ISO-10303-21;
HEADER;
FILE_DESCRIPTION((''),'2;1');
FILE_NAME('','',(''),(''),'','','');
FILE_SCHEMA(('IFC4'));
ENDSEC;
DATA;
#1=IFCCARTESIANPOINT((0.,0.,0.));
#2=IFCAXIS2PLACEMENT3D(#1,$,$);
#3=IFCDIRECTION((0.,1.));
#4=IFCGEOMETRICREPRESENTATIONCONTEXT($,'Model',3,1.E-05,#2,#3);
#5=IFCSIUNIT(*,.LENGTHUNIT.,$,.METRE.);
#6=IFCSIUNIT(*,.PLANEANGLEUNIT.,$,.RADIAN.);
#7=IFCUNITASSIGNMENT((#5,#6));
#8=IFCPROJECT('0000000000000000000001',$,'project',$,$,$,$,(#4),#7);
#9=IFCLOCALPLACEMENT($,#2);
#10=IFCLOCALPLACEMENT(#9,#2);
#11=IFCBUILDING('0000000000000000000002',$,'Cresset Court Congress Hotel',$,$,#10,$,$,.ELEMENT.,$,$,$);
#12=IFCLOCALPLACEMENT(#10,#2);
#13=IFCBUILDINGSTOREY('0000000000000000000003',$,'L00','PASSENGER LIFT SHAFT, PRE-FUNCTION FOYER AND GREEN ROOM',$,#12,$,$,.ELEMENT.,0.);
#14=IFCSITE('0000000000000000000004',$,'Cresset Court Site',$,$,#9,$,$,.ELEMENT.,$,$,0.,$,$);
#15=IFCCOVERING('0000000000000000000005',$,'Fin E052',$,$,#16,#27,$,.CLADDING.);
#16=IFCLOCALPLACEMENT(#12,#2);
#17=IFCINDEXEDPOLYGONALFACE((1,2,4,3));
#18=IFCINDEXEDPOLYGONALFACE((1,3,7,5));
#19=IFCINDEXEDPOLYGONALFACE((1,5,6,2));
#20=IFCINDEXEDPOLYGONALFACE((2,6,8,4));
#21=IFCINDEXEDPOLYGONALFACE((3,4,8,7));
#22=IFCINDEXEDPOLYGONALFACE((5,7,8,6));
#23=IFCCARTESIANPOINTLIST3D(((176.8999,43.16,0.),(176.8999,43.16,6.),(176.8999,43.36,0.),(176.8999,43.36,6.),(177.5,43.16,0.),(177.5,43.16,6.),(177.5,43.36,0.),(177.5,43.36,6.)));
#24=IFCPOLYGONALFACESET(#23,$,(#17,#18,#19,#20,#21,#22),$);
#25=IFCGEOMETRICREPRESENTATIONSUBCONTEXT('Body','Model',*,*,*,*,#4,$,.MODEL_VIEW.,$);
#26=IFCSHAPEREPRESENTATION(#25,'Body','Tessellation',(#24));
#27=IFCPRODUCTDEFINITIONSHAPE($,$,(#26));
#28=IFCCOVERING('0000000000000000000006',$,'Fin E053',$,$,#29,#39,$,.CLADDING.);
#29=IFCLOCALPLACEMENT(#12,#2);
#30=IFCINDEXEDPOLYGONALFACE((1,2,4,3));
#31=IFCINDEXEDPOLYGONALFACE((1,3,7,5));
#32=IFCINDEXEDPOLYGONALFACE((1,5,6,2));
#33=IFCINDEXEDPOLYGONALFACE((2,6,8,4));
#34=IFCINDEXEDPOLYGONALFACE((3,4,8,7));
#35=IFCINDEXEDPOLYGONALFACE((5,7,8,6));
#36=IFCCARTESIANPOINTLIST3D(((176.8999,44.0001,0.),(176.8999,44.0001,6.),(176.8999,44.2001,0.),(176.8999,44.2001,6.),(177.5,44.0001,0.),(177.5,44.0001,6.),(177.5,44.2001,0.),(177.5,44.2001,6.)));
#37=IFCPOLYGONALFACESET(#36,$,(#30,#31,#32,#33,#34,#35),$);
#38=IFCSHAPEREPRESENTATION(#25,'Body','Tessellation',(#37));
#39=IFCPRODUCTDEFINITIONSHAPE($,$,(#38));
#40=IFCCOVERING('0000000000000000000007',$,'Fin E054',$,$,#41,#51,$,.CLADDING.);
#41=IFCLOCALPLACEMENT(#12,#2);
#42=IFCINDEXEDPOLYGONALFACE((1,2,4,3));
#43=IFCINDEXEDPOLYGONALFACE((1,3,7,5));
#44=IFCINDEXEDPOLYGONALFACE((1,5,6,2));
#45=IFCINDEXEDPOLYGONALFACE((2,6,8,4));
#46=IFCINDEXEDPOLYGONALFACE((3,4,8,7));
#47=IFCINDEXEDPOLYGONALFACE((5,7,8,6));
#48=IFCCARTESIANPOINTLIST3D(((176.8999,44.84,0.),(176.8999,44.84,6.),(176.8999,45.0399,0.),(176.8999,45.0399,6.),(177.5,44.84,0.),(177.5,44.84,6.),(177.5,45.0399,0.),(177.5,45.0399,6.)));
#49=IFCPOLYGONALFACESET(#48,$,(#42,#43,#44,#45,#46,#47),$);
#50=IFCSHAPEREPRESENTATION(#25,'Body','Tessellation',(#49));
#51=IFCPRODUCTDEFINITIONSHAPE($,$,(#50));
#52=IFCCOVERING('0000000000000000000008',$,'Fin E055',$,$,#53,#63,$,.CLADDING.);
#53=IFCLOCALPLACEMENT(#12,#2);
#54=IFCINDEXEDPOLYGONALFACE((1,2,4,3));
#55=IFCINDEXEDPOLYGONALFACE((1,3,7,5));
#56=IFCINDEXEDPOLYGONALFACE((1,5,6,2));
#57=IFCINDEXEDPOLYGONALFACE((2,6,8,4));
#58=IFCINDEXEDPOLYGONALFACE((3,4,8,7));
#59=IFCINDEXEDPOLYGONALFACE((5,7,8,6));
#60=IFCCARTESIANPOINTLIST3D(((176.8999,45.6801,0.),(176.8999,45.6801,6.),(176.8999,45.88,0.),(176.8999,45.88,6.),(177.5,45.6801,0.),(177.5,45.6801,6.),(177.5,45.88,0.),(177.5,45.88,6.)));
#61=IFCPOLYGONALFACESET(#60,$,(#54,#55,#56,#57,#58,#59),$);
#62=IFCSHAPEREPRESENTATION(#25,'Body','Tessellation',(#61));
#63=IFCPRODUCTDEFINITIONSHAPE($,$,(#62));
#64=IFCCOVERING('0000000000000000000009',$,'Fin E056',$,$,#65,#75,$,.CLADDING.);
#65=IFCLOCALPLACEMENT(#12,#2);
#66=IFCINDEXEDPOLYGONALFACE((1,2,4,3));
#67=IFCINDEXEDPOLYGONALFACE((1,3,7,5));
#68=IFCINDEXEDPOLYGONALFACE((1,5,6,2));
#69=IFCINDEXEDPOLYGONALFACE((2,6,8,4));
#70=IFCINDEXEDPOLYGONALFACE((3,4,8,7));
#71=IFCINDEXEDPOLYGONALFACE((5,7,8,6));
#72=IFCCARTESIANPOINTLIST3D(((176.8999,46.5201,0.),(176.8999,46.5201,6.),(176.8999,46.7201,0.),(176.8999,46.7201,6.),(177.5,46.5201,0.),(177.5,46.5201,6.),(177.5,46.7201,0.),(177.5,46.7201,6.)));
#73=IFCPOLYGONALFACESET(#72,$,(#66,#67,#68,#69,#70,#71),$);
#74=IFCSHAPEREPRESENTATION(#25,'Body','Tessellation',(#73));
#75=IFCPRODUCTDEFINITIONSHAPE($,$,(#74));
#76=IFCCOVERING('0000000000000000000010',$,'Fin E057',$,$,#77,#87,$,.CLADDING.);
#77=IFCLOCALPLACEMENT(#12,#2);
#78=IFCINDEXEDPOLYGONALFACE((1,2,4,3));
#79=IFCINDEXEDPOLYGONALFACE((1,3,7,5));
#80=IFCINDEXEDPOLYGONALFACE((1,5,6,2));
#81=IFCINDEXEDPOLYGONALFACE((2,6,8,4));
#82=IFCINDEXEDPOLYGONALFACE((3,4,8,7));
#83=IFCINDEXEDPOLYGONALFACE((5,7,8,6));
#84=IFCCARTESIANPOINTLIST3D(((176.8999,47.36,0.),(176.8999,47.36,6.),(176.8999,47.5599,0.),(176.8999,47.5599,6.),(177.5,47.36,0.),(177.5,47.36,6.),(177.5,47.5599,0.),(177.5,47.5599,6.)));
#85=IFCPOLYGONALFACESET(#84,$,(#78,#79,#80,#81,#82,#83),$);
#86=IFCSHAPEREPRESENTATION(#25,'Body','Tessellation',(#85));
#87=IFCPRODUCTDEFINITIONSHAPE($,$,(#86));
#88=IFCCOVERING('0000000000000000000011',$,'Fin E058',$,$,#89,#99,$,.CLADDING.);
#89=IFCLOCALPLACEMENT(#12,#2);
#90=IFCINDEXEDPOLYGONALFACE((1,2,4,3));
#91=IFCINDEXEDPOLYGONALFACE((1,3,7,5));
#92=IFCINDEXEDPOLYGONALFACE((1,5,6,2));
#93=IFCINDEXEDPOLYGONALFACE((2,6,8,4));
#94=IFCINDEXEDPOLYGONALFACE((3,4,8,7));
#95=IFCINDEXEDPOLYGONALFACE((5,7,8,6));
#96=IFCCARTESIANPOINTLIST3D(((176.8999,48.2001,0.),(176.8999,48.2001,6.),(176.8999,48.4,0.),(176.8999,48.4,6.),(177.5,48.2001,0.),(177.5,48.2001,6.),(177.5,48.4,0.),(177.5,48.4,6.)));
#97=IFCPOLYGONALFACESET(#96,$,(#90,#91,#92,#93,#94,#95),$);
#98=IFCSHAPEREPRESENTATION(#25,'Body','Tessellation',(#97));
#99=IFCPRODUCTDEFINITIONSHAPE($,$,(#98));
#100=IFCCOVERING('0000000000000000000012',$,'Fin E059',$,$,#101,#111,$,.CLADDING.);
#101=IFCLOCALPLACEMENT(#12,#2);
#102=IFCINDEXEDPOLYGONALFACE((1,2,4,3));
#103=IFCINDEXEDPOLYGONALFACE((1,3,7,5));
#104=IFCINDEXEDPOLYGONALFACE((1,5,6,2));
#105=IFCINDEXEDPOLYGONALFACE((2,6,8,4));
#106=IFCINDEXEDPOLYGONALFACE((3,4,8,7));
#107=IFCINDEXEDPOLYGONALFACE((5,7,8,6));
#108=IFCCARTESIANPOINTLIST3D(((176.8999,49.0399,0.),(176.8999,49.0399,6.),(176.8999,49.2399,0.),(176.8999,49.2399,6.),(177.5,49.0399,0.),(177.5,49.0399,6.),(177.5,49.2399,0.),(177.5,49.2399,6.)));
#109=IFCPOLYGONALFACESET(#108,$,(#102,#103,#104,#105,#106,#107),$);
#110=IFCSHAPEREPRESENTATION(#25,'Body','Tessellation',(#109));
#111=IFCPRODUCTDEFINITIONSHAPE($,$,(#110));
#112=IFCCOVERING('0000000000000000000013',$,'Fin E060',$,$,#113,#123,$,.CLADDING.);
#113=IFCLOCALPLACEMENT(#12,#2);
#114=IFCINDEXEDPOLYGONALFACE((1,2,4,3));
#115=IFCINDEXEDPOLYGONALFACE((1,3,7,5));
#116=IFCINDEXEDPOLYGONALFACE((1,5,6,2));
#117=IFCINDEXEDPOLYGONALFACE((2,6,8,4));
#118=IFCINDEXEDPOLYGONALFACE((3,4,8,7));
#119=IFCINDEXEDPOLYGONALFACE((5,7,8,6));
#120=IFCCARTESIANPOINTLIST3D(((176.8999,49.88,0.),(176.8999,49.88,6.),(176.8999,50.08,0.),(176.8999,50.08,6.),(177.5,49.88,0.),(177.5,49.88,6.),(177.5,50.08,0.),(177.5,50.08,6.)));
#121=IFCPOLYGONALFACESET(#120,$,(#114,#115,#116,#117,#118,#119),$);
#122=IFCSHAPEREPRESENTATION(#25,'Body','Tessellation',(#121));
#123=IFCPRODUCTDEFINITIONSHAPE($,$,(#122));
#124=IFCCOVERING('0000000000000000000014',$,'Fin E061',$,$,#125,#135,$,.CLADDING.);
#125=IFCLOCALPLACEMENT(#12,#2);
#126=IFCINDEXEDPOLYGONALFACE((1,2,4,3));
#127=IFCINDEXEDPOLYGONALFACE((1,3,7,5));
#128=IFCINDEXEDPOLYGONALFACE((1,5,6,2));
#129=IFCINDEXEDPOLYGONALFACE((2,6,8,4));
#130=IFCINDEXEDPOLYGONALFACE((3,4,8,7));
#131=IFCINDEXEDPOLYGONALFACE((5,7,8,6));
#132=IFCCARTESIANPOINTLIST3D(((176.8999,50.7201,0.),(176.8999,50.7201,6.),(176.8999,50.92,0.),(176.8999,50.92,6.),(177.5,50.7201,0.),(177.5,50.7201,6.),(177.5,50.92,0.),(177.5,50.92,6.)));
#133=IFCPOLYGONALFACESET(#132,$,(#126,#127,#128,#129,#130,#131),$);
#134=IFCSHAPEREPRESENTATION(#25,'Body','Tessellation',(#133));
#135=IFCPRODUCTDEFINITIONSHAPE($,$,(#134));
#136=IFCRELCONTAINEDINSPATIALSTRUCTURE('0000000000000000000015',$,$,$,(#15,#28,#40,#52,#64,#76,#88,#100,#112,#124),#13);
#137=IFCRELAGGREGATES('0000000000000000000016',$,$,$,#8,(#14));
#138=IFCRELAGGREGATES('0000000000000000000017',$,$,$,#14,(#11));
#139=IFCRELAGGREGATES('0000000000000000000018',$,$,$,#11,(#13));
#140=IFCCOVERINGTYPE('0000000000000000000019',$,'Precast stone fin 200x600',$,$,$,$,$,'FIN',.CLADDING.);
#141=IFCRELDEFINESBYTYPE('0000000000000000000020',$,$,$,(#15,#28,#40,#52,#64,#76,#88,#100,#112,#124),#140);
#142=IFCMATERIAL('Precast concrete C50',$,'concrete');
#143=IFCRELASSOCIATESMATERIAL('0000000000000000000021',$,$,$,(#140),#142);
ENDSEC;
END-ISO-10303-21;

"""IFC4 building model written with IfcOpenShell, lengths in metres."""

from ifc_helpers import new_model, si_unit, direction, frame, origin, origin_2d, place, context, subcontext, project, spatial, rectangle, extrude, material, type_object, element, save


model = new_model("IFC4")

# Units and contexts
model_context = context("Model", 3, precision=1e-05, world=origin(), true_north=direction((0.0, 1.0)))
body_context = subcontext(model_context, "Body", "Model", "MODEL_VIEW")
ifc_project = project(units=[si_unit("LENGTHUNIT", "METRE"), si_unit("PLANEANGLEUNIT", "RADIAN")], contexts=[model_context])

# Site, building, storey
site_placement = place(None, origin())
site = spatial("IfcSite", under=ifc_project, at=site_placement, Name="Cresset Court Site", CompositionType="ELEMENT", RefElevation=0.0)
building_placement = place(site_placement, origin())
building = spatial("IfcBuilding", under=site, at=building_placement, Name="Cresset Court Congress Hotel", CompositionType="ELEMENT")
storey_placement = place(building_placement, origin())
storey = spatial("IfcBuildingStorey", under=building, at=storey_placement, Name="L00", Description="PASSENGER LIFT SHAFT, PRE-FUNCTION FOYER AND GREEN ROOM", CompositionType="ELEMENT", Elevation=0.0)

# Coverings
ifc_material_1 = material(Name="Precast concrete C50", Category="concrete")
covering_type = type_object("IfcCoveringType", Name="Precast stone fin 200x600", ElementType="FIN", PredefinedType="CLADDING", material=ifc_material_1)
for number, where, z_axis, x_axis, name in (
    (1, (177.2, 43.26, 0.0), (0.0, 0.0, 1.0), (1.0, 0.0, 0.0), "Fin E052"),
    (2, (177.2, 44.1001, 0.0), (0.0, 0.0, 1.0), (1.0, 0.0, 0.0), "Fin E053"),
    (3, (177.2, 44.9399, 0.0), (0.0, 0.0, 1.0), (1.0, 0.0, 0.0), "Fin E054"),
    (4, (177.2, 45.78, 0.0), (0.0, 0.0, 1.0), (1.0, 0.0, 0.0), "Fin E055"),
    (5, (177.2, 46.6201, 0.0), (0.0, 0.0, 1.0), (1.0, 0.0, 0.0), "Fin E056"),
    (6, (177.2, 47.46, 0.0), (0.0, 0.0, 1.0), (1.0, 0.0, 0.0), "Fin E057"),
    (7, (177.2, 48.3, 0.0), (0.0, 0.0, 1.0), (1.0, 0.0, 0.0), "Fin E058"),
    (8, (177.2, 49.1399, 0.0), (0.0, 0.0, 1.0), (1.0, 0.0, 0.0), "Fin E059"),
    (9, (177.2, 49.98, 0.0), (0.0, 0.0, 1.0), (1.0, 0.0, 0.0), "Fin E060"),
    (10, (177.2, 50.8201, 0.0), (0.0, 0.0, 1.0), (1.0, 0.0, 0.0), "Fin E061"),
):
    element("IfcCovering", number, at=place(storey_placement, frame(where, z_axis=z_axis, x_axis=x_axis)), inside=storey, type_object=covering_type, Name=name, PredefinedType="CLADDING", context=body_context, shape_type="SweptSolid", body=[
        extrude(rectangle(XDim=0.6001, YDim=0.2, at=origin_2d()), origin(), (0.0, 0.0, 1.0), 6.0),
    ])

save(model, "model.ifc")
